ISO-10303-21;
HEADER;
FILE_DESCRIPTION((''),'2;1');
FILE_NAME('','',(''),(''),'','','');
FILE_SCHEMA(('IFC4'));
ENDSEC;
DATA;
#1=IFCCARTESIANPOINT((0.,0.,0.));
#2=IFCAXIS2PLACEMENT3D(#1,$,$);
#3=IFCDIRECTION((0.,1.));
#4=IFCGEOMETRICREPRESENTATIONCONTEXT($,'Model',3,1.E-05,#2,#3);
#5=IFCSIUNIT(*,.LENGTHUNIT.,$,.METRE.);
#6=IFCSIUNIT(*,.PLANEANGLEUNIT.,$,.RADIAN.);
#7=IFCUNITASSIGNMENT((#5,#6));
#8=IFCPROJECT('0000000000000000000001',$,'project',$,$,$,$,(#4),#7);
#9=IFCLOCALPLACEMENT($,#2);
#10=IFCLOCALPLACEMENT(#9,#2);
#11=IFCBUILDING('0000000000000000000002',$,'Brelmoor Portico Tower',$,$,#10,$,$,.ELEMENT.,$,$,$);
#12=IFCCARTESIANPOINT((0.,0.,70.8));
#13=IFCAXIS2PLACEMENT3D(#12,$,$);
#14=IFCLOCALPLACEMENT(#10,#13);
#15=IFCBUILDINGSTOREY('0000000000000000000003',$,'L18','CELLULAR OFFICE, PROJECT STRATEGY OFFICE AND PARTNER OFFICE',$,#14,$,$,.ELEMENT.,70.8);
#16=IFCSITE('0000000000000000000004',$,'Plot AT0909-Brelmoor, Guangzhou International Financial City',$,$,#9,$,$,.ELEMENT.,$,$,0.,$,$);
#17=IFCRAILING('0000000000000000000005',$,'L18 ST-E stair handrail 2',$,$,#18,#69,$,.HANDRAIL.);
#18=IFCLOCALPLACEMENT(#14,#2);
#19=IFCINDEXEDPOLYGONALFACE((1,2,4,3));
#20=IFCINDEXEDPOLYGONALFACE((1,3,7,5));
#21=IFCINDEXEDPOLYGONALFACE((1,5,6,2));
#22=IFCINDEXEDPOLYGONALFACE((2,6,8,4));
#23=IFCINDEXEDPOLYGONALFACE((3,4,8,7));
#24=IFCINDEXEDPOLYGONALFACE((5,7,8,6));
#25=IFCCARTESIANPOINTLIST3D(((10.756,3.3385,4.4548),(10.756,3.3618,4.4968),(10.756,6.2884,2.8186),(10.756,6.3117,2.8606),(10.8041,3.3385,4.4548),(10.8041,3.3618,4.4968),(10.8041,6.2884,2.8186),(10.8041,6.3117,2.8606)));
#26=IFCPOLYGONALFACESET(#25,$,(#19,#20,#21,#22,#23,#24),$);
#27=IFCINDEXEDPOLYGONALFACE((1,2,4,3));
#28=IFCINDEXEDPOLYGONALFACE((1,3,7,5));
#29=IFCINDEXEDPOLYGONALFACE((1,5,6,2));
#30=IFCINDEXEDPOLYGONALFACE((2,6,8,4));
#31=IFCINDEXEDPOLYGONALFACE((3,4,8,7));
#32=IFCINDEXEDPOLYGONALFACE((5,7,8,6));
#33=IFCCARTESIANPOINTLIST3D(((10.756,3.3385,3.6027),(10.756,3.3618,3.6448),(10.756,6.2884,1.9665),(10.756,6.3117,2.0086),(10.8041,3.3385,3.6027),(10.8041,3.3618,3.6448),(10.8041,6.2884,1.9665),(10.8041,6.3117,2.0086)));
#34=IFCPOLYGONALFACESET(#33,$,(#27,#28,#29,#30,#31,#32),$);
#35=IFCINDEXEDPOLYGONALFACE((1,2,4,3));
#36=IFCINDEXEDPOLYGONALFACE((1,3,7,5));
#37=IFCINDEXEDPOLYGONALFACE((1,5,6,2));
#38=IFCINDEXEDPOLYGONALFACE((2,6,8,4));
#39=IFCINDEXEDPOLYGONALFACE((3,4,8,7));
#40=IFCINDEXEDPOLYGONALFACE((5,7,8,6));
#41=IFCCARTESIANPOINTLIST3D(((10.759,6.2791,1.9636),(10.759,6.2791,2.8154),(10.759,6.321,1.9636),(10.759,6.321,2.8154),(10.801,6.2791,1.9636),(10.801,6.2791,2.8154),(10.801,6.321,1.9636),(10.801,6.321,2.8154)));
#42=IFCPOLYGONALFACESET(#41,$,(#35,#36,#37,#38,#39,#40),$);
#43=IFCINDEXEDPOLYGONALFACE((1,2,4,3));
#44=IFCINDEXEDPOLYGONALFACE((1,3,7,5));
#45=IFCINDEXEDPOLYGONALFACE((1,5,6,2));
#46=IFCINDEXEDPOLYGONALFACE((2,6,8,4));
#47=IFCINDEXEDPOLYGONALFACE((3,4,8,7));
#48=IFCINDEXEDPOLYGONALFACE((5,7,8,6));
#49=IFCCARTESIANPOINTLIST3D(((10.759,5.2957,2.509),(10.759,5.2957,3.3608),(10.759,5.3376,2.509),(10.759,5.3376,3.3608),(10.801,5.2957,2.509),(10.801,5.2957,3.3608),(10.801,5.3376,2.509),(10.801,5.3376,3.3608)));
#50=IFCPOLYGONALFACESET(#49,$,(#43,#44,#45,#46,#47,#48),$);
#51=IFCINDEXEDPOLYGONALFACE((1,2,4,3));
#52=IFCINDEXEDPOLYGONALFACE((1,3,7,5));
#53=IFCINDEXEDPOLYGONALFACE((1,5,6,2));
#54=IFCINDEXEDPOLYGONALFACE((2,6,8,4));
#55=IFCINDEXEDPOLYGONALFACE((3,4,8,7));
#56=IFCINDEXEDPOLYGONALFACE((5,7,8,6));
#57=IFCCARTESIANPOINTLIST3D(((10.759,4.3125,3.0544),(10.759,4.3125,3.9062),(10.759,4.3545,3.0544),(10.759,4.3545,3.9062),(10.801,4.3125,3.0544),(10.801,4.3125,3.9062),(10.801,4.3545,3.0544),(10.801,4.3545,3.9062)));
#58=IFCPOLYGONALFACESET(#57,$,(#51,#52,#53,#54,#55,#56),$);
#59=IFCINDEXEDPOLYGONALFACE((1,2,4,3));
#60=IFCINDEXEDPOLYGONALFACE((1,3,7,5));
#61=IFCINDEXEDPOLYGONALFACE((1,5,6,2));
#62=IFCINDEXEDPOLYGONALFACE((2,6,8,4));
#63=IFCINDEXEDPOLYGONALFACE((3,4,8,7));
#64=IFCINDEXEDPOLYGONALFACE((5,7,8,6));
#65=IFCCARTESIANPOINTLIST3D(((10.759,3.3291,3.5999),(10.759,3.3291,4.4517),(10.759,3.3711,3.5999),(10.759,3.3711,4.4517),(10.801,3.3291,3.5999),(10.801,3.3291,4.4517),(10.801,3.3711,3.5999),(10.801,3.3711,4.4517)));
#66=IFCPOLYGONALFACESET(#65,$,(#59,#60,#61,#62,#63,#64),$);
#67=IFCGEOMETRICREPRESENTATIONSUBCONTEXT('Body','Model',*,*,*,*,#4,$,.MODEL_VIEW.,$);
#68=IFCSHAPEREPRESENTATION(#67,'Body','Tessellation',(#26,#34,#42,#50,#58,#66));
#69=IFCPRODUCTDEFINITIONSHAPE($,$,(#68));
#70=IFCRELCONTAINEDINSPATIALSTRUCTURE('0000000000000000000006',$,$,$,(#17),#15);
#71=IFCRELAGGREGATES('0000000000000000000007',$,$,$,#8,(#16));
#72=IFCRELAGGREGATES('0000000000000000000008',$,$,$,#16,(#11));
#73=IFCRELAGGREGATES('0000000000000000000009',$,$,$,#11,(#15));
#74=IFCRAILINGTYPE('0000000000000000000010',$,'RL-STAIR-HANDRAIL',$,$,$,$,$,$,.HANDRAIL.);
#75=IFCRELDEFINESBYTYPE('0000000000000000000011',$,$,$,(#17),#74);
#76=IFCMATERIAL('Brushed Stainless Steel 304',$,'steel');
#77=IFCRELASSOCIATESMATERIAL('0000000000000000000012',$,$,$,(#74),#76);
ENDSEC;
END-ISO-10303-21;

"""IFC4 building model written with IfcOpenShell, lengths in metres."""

from ifc_helpers import new_model, si_unit, direction, frame, origin, origin_2d, place, context, subcontext, project, spatial, rectangle, extrude, material, type_object, element, save


model = new_model("IFC4")

# Units and contexts
model_context = context("Model", 3, precision=1e-05, world=origin(), true_north=direction((0.0, 1.0)))
body_context = subcontext(model_context, "Body", "Model", "MODEL_VIEW")
ifc_project = project(units=[si_unit("LENGTHUNIT", "METRE"), si_unit("PLANEANGLEUNIT", "RADIAN")], contexts=[model_context])

# Site, building, storey
site_placement = place(None, origin())
site = spatial("IfcSite", under=ifc_project, at=site_placement, Name="Plot AT0909-Brelmoor, Guangzhou International Financial City", CompositionType="ELEMENT", RefElevation=0.0)
building_placement = place(site_placement, origin())
building = spatial("IfcBuilding", under=site, at=building_placement, Name="Brelmoor Portico Tower", CompositionType="ELEMENT")
storey_placement = place(building_placement, frame((0.0, 0.0, 70.8)))
storey = spatial("IfcBuildingStorey", under=building, at=storey_placement, Name="L18", Description="CELLULAR OFFICE, PROJECT STRATEGY OFFICE AND PARTNER OFFICE", CompositionType="ELEMENT", Elevation=70.8)

# Railing
ifc_material_1 = material(Name="Brushed Stainless Steel 304", Category="steel")
railing_type_1 = type_object("IfcRailingType", Name="RL-STAIR-HANDRAIL", PredefinedType="HANDRAIL", material=ifc_material_1)
railing_1_placement = place(storey_placement, frame((10.78, 6.3, 1.9636)))
element("IfcRailing", 1, at=railing_1_placement, inside=storey, type_object=railing_type_1, Name="L18 ST-E stair handrail 2", PredefinedType="HANDRAIL", context=body_context, shape_type="SweptSolid", body=[
    extrude(rectangle(XDim=0.0481, YDim=0.0481, at=origin_2d()), frame((0.0, 0.0, 0.876), z_axis=(0.0, -0.874488, 0.485047), x_axis=(1.0, 0.0, 0.0)), (0.0, 0.0, 1.0), 3.3733),
    extrude(rectangle(XDim=0.0481, YDim=0.0481, at=origin_2d()), frame((0.0, 0.0, 0.0239), z_axis=(0.0, -0.874488, 0.485047), x_axis=(1.0, 0.0, 0.0)), (0.0, 0.0, 1.0), 3.3733),
    extrude(rectangle(XDim=0.042, YDim=0.042, at=origin_2d()), origin(), (0.0, 0.0, 1.0), 0.8518),
    extrude(rectangle(XDim=0.042, YDim=0.042, at=origin_2d()), frame((0.0, -0.9834, 0.5454)), (0.0, 0.0, 1.0), 0.8518),
    extrude(rectangle(XDim=0.042, YDim=0.042, at=origin_2d()), frame((0.0, -1.9666, 1.0908)), (0.0, 0.0, 1.0), 0.8518),
    extrude(rectangle(XDim=0.042, YDim=0.042, at=origin_2d()), frame((0.0, -2.95, 1.6362)), (0.0, 0.0, 1.0), 0.8518),
])

save(model, "model.ifc")
